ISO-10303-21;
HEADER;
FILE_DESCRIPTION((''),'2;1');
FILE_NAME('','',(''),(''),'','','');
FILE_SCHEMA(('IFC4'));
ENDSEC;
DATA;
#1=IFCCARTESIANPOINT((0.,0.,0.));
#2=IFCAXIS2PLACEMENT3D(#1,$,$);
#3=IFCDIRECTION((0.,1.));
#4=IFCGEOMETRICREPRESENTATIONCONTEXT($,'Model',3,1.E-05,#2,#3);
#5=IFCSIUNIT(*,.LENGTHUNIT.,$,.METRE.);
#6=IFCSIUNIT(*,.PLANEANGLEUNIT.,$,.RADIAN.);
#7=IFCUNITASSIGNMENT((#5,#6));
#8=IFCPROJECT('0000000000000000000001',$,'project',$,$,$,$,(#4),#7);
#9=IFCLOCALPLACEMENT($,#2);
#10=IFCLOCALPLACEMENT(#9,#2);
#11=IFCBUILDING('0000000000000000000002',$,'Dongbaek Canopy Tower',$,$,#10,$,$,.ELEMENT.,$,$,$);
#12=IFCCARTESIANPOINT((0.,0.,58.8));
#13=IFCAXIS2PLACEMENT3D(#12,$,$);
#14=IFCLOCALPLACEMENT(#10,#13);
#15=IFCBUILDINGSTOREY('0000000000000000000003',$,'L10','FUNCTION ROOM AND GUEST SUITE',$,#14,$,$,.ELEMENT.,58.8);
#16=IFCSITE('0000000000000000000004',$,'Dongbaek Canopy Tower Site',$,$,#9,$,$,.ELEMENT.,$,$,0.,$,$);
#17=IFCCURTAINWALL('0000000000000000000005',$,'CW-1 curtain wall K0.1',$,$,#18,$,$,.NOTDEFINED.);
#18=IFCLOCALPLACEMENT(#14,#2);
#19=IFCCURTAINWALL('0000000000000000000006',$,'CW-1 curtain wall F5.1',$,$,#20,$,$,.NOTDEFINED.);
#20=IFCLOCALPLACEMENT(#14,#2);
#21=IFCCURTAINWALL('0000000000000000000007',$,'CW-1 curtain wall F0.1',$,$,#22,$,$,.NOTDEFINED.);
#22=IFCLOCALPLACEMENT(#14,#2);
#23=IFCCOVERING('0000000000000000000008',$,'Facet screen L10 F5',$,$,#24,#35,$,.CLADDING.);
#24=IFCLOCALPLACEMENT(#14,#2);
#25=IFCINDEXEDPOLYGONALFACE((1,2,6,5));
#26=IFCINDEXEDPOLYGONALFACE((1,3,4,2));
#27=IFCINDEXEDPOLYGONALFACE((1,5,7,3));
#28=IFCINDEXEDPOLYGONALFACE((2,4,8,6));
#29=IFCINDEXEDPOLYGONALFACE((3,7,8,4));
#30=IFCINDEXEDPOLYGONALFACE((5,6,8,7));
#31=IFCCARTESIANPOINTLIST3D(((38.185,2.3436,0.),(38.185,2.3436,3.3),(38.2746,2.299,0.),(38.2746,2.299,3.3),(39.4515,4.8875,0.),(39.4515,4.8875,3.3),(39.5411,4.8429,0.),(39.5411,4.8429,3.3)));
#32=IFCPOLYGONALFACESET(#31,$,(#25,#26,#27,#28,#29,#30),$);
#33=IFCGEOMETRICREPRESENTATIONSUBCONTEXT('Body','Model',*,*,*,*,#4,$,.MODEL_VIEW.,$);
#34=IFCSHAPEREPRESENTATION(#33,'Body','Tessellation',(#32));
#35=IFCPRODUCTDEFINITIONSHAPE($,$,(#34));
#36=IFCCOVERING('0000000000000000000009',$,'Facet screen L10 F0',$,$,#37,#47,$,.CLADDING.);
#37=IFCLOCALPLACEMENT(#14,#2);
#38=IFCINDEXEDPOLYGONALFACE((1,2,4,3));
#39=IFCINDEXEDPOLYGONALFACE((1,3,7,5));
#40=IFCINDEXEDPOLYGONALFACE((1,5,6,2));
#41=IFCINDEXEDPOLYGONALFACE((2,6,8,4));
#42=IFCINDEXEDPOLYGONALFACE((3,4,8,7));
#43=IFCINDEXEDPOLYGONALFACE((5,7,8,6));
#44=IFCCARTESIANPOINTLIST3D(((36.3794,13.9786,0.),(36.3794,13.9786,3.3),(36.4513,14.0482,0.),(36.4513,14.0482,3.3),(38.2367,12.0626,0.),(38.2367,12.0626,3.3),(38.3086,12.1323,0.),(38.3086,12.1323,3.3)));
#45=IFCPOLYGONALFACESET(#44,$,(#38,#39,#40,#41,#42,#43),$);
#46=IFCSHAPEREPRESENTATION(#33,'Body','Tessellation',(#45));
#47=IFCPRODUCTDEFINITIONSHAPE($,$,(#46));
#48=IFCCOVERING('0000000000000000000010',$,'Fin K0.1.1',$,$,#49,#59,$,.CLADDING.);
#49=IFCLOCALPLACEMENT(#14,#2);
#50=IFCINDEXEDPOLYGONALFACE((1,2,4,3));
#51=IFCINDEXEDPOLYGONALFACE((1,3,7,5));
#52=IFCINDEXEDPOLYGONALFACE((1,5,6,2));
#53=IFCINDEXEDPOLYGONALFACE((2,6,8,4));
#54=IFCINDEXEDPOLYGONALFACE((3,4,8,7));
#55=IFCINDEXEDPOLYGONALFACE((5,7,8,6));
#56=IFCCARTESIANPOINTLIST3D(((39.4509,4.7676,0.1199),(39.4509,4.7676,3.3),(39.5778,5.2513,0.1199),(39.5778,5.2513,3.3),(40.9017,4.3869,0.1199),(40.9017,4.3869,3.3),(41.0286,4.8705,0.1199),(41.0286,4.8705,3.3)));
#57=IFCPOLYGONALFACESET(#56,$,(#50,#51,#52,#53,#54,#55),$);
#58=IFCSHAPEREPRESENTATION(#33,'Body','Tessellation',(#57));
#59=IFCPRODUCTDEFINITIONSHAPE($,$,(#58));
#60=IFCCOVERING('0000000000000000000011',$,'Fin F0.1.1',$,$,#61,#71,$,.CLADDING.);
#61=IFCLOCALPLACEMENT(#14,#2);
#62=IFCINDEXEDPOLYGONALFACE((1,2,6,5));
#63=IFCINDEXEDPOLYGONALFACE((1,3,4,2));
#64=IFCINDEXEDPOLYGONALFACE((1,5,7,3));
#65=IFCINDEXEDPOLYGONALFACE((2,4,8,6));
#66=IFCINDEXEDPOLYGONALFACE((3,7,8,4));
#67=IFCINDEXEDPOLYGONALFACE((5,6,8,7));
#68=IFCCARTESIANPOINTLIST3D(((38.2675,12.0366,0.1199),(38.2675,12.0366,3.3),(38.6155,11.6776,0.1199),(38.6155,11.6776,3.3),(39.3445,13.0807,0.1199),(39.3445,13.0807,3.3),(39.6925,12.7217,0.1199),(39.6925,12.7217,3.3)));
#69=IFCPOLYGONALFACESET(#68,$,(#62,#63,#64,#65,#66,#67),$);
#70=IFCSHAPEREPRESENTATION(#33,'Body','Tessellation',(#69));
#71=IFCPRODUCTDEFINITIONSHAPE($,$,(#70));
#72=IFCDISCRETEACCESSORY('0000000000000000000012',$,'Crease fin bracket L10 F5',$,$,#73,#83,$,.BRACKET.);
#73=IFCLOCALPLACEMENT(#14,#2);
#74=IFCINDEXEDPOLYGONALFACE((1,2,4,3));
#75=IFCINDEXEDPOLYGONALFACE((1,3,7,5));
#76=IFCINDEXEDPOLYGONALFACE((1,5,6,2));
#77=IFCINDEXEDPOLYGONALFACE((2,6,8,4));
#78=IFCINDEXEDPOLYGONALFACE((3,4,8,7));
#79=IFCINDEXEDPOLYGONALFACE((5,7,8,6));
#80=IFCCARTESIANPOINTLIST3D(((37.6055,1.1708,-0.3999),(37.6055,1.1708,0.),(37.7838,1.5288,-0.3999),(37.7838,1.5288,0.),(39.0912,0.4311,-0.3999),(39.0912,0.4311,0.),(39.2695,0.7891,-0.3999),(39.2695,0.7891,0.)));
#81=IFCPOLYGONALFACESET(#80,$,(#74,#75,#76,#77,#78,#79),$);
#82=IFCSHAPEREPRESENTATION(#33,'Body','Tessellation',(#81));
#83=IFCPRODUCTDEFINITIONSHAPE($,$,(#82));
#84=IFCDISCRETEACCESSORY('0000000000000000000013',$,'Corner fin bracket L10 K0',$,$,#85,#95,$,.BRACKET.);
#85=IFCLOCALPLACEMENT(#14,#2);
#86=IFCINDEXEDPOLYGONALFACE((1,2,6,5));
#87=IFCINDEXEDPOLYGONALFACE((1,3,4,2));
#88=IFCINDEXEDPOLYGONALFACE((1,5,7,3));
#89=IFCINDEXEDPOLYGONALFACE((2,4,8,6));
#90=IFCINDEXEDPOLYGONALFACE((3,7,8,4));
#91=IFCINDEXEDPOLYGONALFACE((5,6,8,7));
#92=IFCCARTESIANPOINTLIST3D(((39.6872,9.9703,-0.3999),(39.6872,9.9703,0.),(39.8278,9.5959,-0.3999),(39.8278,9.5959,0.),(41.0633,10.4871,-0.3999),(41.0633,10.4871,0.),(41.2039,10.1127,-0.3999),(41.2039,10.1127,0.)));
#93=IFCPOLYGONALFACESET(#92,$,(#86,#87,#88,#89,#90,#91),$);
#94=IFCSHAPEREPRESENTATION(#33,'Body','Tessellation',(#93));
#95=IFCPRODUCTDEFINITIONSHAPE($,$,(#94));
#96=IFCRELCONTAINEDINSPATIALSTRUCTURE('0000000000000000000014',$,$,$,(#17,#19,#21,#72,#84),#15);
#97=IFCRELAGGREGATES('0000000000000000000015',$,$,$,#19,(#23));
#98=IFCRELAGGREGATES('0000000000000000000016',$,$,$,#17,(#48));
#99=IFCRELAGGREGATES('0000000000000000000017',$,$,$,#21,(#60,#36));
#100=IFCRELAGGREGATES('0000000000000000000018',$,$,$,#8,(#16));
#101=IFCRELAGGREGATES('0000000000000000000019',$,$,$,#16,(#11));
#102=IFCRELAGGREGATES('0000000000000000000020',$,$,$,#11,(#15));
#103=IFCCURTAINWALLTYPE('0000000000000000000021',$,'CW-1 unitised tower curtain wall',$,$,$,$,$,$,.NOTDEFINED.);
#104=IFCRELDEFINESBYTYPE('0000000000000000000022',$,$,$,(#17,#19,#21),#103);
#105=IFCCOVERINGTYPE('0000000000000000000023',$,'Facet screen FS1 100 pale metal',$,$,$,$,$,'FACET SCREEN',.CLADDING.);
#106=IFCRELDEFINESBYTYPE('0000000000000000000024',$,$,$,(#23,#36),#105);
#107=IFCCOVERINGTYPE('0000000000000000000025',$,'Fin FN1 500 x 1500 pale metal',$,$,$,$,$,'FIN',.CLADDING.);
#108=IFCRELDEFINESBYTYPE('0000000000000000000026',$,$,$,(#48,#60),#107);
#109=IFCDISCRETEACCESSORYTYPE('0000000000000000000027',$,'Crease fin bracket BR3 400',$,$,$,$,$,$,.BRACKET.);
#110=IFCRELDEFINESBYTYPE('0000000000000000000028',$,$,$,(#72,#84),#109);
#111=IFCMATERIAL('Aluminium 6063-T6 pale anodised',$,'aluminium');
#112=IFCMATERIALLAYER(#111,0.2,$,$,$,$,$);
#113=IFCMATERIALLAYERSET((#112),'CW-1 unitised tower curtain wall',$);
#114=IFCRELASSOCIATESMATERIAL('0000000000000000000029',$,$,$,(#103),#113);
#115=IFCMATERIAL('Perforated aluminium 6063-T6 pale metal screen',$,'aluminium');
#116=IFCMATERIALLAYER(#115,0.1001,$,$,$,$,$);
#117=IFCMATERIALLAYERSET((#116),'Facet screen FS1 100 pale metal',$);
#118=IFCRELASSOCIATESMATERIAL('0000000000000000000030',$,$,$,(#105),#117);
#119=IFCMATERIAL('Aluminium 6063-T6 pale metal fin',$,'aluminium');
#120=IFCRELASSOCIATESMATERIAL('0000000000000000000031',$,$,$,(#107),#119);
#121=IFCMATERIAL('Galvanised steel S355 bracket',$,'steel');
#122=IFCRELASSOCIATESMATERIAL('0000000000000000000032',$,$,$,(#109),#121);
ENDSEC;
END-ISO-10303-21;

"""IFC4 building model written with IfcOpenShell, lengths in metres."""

from ifc_helpers import new_model, si_unit, direction, frame, origin, origin_2d, place, context, subcontext, project, spatial, rectangle, extrude, material, layer, layer_set, material_profile, profile_set, type_object, element, aggregate, save


model = new_model("IFC4")

# Units and contexts
model_context = context("Model", 3, precision=1e-05, world=origin(), true_north=direction((0.0, 1.0)))
body_context = subcontext(model_context, "Body", "Model", "MODEL_VIEW")
ifc_project = project(units=[si_unit("LENGTHUNIT", "METRE"), si_unit("PLANEANGLEUNIT", "RADIAN")], contexts=[model_context])

# Site, building, storey
site_placement = place(None, origin())
site = spatial("IfcSite", under=ifc_project, at=site_placement, Name="Dongbaek Canopy Tower Site", CompositionType="ELEMENT", RefElevation=0.0)
building_placement = place(site_placement, origin())
building = spatial("IfcBuilding", under=site, at=building_placement, Name="Dongbaek Canopy Tower", CompositionType="ELEMENT")
storey_placement = place(building_placement, frame((0.0, 0.0, 58.8)))
storey = spatial("IfcBuildingStorey", under=building, at=storey_placement, Name="L10", Description="FUNCTION ROOM AND GUEST SUITE", CompositionType="ELEMENT", Elevation=58.8)

# Curtain wall
ifc_material_1 = material(Name="Aluminium 6063-T6 pale anodised", Category="aluminium")
ifc_layer_1 = layer(ifc_material_1, 0.2)
ifc_layer_set_1 = layer_set([ifc_layer_1], Name="CW-1 unitised tower curtain wall")
curtain_wall_type = type_object("IfcCurtainWallType", Name="CW-1 unitised tower curtain wall", PredefinedType="NOTDEFINED", material=ifc_layer_set_1)
curtain_wall_1_placement = place(storey_placement, origin())
curtain_wall_1 = element("IfcCurtainWall", 1, at=curtain_wall_1_placement, inside=storey, type_object=curtain_wall_type, Name="CW-1 curtain wall K0.1", PredefinedType="NOTDEFINED")

# Curtain walls
curtain_wall_2_placement = place(storey_placement, origin())
curtain_wall_2 = element("IfcCurtainWall", 2, at=curtain_wall_2_placement, inside=storey, type_object=curtain_wall_type, Name="CW-1 curtain wall F5.1", PredefinedType="NOTDEFINED")
curtain_wall_3_placement = place(storey_placement, origin())
curtain_wall_3 = element("IfcCurtainWall", 3, at=curtain_wall_3_placement, inside=storey, type_object=curtain_wall_type, Name="CW-1 curtain wall F0.1", PredefinedType="NOTDEFINED")

# Coverings
ifc_material_2 = material(Name="Perforated aluminium 6063-T6 pale metal screen", Category="aluminium")
ifc_layer_2 = layer(ifc_material_2, 0.1001)
ifc_layer_set_2 = layer_set([ifc_layer_2], Name="Facet screen FS1 100 pale metal")
covering_type_1 = type_object("IfcCoveringType", Name="Facet screen FS1 100 pale metal", ElementType="FACET SCREEN", PredefinedType="CLADDING", material=ifc_layer_set_2)
covering_1_placement = place(storey_placement, frame((38.863, 3.5933, 0.0), z_axis=(0.0, 0.0, 1.0), x_axis=(0.445678, 0.895194, 0.0)))
covering_1 = element("IfcCovering", 4, at=covering_1_placement, type_object=covering_type_1, Name="Facet screen L10 F5", PredefinedType="CLADDING", context=body_context, shape_type="SweptSolid", body=[
    extrude(rectangle(XDim=2.8418, YDim=0.1001, at=origin_2d()), origin(), (0.0, 0.0, 1.0), 3.3),
])
aggregate(curtain_wall_2, [covering_1])
covering_2_placement = place(storey_placement, frame((37.344, 13.0554, 0.0), z_axis=(0.0, 0.0, 1.0), x_axis=(-0.696039, 0.718004, 0.0)))
covering_2 = element("IfcCovering", 5, at=covering_2_placement, type_object=covering_type_1, Name="Facet screen L10 F0", PredefinedType="CLADDING", context=body_context, shape_type="SweptSolid", body=[
    extrude(rectangle(XDim=2.6685, YDim=0.1001, at=origin_2d()), origin(), (0.0, 0.0, 1.0), 3.3),
])
ifc_material_3 = material(Name="Aluminium 6063-T6 pale metal fin", Category="aluminium")
ifc_material_profile_1 = material_profile(ifc_material_3, rectangle(XDim=1.5, YDim=0.5, at=origin_2d()), Name="Fin FN1 500 x 1500 pale metal")
ifc_profile_set_1 = profile_set([ifc_material_profile_1], Name="Aluminium 6063-T6 pale metal fin")
covering_type_2 = type_object("IfcCoveringType", Name="Fin FN1 500 x 1500 pale metal", ElementType="FIN", PredefinedType="CLADDING", material=ifc_profile_set_1)
covering_3_placement = place(storey_placement, frame((40.2397, 4.8191, 0.1199), z_axis=(0.0, 0.0, 1.0), x_axis=(0.96725, -0.253824, 0.0)))
covering_3 = element("IfcCovering", 6, at=covering_3_placement, type_object=covering_type_2, Name="Fin K0.1.1", PredefinedType="CLADDING", context=body_context, shape_type="SweptSolid", body=[
    extrude(rectangle(XDim=1.5, YDim=0.5, at=origin_2d()), origin(), (0.0, 0.0, 1.0), 3.1802),
])
aggregate(curtain_wall_1, [covering_3])
covering_4_placement = place(storey_placement, frame((38.98, 12.3792, 0.1199), z_axis=(0.0, 0.0, 1.0), x_axis=(0.718004, 0.696039, 0.0)))
covering_4 = element("IfcCovering", 7, at=covering_4_placement, type_object=covering_type_2, Name="Fin F0.1.1", PredefinedType="CLADDING", context=body_context, shape_type="SweptSolid", body=[
    extrude(rectangle(XDim=1.5, YDim=0.5, at=origin_2d()), origin(), (0.0, 0.0, 1.0), 3.1802),
])
aggregate(curtain_wall_3, [covering_4, covering_2])

# Discrete accessories
ifc_material_4 = material(Name="Galvanised steel S355 bracket", Category="steel")
discrete_accessory_type = type_object("IfcDiscreteAccessoryType", Name="Crease fin bracket BR3 400", PredefinedType="BRACKET", material=ifc_material_4)
discrete_accessory_1_placement = place(storey_placement, frame((38.4375, 0.98, -0.3999), z_axis=(0.0, 0.0, 1.0), x_axis=(0.895194, -0.445678, 0.0)))
element("IfcDiscreteAccessory", 8, at=discrete_accessory_1_placement, inside=storey, type_object=discrete_accessory_type, Name="Crease fin bracket L10 F5", PredefinedType="BRACKET", context=body_context, shape_type="SweptSolid", body=[
    extrude(rectangle(XDim=1.6597, YDim=0.3999, at=origin_2d()), origin(), (0.0, 0.0, 1.0), 0.3999),
])
discrete_accessory_2_placement = place(storey_placement, frame((40.4456, 10.0415, -0.3999), z_axis=(0.0, 0.0, 1.0), x_axis=(0.936155, 0.351588, 0.0)))
element("IfcDiscreteAccessory", 9, at=discrete_accessory_2_placement, inside=storey, type_object=discrete_accessory_type, Name="Corner fin bracket L10 K0", PredefinedType="BRACKET", context=body_context, shape_type="SweptSolid", body=[
    extrude(rectangle(XDim=1.47, YDim=0.3999, at=origin_2d()), origin(), (0.0, 0.0, 1.0), 0.3999),
])

save(model, "model.ifc")
